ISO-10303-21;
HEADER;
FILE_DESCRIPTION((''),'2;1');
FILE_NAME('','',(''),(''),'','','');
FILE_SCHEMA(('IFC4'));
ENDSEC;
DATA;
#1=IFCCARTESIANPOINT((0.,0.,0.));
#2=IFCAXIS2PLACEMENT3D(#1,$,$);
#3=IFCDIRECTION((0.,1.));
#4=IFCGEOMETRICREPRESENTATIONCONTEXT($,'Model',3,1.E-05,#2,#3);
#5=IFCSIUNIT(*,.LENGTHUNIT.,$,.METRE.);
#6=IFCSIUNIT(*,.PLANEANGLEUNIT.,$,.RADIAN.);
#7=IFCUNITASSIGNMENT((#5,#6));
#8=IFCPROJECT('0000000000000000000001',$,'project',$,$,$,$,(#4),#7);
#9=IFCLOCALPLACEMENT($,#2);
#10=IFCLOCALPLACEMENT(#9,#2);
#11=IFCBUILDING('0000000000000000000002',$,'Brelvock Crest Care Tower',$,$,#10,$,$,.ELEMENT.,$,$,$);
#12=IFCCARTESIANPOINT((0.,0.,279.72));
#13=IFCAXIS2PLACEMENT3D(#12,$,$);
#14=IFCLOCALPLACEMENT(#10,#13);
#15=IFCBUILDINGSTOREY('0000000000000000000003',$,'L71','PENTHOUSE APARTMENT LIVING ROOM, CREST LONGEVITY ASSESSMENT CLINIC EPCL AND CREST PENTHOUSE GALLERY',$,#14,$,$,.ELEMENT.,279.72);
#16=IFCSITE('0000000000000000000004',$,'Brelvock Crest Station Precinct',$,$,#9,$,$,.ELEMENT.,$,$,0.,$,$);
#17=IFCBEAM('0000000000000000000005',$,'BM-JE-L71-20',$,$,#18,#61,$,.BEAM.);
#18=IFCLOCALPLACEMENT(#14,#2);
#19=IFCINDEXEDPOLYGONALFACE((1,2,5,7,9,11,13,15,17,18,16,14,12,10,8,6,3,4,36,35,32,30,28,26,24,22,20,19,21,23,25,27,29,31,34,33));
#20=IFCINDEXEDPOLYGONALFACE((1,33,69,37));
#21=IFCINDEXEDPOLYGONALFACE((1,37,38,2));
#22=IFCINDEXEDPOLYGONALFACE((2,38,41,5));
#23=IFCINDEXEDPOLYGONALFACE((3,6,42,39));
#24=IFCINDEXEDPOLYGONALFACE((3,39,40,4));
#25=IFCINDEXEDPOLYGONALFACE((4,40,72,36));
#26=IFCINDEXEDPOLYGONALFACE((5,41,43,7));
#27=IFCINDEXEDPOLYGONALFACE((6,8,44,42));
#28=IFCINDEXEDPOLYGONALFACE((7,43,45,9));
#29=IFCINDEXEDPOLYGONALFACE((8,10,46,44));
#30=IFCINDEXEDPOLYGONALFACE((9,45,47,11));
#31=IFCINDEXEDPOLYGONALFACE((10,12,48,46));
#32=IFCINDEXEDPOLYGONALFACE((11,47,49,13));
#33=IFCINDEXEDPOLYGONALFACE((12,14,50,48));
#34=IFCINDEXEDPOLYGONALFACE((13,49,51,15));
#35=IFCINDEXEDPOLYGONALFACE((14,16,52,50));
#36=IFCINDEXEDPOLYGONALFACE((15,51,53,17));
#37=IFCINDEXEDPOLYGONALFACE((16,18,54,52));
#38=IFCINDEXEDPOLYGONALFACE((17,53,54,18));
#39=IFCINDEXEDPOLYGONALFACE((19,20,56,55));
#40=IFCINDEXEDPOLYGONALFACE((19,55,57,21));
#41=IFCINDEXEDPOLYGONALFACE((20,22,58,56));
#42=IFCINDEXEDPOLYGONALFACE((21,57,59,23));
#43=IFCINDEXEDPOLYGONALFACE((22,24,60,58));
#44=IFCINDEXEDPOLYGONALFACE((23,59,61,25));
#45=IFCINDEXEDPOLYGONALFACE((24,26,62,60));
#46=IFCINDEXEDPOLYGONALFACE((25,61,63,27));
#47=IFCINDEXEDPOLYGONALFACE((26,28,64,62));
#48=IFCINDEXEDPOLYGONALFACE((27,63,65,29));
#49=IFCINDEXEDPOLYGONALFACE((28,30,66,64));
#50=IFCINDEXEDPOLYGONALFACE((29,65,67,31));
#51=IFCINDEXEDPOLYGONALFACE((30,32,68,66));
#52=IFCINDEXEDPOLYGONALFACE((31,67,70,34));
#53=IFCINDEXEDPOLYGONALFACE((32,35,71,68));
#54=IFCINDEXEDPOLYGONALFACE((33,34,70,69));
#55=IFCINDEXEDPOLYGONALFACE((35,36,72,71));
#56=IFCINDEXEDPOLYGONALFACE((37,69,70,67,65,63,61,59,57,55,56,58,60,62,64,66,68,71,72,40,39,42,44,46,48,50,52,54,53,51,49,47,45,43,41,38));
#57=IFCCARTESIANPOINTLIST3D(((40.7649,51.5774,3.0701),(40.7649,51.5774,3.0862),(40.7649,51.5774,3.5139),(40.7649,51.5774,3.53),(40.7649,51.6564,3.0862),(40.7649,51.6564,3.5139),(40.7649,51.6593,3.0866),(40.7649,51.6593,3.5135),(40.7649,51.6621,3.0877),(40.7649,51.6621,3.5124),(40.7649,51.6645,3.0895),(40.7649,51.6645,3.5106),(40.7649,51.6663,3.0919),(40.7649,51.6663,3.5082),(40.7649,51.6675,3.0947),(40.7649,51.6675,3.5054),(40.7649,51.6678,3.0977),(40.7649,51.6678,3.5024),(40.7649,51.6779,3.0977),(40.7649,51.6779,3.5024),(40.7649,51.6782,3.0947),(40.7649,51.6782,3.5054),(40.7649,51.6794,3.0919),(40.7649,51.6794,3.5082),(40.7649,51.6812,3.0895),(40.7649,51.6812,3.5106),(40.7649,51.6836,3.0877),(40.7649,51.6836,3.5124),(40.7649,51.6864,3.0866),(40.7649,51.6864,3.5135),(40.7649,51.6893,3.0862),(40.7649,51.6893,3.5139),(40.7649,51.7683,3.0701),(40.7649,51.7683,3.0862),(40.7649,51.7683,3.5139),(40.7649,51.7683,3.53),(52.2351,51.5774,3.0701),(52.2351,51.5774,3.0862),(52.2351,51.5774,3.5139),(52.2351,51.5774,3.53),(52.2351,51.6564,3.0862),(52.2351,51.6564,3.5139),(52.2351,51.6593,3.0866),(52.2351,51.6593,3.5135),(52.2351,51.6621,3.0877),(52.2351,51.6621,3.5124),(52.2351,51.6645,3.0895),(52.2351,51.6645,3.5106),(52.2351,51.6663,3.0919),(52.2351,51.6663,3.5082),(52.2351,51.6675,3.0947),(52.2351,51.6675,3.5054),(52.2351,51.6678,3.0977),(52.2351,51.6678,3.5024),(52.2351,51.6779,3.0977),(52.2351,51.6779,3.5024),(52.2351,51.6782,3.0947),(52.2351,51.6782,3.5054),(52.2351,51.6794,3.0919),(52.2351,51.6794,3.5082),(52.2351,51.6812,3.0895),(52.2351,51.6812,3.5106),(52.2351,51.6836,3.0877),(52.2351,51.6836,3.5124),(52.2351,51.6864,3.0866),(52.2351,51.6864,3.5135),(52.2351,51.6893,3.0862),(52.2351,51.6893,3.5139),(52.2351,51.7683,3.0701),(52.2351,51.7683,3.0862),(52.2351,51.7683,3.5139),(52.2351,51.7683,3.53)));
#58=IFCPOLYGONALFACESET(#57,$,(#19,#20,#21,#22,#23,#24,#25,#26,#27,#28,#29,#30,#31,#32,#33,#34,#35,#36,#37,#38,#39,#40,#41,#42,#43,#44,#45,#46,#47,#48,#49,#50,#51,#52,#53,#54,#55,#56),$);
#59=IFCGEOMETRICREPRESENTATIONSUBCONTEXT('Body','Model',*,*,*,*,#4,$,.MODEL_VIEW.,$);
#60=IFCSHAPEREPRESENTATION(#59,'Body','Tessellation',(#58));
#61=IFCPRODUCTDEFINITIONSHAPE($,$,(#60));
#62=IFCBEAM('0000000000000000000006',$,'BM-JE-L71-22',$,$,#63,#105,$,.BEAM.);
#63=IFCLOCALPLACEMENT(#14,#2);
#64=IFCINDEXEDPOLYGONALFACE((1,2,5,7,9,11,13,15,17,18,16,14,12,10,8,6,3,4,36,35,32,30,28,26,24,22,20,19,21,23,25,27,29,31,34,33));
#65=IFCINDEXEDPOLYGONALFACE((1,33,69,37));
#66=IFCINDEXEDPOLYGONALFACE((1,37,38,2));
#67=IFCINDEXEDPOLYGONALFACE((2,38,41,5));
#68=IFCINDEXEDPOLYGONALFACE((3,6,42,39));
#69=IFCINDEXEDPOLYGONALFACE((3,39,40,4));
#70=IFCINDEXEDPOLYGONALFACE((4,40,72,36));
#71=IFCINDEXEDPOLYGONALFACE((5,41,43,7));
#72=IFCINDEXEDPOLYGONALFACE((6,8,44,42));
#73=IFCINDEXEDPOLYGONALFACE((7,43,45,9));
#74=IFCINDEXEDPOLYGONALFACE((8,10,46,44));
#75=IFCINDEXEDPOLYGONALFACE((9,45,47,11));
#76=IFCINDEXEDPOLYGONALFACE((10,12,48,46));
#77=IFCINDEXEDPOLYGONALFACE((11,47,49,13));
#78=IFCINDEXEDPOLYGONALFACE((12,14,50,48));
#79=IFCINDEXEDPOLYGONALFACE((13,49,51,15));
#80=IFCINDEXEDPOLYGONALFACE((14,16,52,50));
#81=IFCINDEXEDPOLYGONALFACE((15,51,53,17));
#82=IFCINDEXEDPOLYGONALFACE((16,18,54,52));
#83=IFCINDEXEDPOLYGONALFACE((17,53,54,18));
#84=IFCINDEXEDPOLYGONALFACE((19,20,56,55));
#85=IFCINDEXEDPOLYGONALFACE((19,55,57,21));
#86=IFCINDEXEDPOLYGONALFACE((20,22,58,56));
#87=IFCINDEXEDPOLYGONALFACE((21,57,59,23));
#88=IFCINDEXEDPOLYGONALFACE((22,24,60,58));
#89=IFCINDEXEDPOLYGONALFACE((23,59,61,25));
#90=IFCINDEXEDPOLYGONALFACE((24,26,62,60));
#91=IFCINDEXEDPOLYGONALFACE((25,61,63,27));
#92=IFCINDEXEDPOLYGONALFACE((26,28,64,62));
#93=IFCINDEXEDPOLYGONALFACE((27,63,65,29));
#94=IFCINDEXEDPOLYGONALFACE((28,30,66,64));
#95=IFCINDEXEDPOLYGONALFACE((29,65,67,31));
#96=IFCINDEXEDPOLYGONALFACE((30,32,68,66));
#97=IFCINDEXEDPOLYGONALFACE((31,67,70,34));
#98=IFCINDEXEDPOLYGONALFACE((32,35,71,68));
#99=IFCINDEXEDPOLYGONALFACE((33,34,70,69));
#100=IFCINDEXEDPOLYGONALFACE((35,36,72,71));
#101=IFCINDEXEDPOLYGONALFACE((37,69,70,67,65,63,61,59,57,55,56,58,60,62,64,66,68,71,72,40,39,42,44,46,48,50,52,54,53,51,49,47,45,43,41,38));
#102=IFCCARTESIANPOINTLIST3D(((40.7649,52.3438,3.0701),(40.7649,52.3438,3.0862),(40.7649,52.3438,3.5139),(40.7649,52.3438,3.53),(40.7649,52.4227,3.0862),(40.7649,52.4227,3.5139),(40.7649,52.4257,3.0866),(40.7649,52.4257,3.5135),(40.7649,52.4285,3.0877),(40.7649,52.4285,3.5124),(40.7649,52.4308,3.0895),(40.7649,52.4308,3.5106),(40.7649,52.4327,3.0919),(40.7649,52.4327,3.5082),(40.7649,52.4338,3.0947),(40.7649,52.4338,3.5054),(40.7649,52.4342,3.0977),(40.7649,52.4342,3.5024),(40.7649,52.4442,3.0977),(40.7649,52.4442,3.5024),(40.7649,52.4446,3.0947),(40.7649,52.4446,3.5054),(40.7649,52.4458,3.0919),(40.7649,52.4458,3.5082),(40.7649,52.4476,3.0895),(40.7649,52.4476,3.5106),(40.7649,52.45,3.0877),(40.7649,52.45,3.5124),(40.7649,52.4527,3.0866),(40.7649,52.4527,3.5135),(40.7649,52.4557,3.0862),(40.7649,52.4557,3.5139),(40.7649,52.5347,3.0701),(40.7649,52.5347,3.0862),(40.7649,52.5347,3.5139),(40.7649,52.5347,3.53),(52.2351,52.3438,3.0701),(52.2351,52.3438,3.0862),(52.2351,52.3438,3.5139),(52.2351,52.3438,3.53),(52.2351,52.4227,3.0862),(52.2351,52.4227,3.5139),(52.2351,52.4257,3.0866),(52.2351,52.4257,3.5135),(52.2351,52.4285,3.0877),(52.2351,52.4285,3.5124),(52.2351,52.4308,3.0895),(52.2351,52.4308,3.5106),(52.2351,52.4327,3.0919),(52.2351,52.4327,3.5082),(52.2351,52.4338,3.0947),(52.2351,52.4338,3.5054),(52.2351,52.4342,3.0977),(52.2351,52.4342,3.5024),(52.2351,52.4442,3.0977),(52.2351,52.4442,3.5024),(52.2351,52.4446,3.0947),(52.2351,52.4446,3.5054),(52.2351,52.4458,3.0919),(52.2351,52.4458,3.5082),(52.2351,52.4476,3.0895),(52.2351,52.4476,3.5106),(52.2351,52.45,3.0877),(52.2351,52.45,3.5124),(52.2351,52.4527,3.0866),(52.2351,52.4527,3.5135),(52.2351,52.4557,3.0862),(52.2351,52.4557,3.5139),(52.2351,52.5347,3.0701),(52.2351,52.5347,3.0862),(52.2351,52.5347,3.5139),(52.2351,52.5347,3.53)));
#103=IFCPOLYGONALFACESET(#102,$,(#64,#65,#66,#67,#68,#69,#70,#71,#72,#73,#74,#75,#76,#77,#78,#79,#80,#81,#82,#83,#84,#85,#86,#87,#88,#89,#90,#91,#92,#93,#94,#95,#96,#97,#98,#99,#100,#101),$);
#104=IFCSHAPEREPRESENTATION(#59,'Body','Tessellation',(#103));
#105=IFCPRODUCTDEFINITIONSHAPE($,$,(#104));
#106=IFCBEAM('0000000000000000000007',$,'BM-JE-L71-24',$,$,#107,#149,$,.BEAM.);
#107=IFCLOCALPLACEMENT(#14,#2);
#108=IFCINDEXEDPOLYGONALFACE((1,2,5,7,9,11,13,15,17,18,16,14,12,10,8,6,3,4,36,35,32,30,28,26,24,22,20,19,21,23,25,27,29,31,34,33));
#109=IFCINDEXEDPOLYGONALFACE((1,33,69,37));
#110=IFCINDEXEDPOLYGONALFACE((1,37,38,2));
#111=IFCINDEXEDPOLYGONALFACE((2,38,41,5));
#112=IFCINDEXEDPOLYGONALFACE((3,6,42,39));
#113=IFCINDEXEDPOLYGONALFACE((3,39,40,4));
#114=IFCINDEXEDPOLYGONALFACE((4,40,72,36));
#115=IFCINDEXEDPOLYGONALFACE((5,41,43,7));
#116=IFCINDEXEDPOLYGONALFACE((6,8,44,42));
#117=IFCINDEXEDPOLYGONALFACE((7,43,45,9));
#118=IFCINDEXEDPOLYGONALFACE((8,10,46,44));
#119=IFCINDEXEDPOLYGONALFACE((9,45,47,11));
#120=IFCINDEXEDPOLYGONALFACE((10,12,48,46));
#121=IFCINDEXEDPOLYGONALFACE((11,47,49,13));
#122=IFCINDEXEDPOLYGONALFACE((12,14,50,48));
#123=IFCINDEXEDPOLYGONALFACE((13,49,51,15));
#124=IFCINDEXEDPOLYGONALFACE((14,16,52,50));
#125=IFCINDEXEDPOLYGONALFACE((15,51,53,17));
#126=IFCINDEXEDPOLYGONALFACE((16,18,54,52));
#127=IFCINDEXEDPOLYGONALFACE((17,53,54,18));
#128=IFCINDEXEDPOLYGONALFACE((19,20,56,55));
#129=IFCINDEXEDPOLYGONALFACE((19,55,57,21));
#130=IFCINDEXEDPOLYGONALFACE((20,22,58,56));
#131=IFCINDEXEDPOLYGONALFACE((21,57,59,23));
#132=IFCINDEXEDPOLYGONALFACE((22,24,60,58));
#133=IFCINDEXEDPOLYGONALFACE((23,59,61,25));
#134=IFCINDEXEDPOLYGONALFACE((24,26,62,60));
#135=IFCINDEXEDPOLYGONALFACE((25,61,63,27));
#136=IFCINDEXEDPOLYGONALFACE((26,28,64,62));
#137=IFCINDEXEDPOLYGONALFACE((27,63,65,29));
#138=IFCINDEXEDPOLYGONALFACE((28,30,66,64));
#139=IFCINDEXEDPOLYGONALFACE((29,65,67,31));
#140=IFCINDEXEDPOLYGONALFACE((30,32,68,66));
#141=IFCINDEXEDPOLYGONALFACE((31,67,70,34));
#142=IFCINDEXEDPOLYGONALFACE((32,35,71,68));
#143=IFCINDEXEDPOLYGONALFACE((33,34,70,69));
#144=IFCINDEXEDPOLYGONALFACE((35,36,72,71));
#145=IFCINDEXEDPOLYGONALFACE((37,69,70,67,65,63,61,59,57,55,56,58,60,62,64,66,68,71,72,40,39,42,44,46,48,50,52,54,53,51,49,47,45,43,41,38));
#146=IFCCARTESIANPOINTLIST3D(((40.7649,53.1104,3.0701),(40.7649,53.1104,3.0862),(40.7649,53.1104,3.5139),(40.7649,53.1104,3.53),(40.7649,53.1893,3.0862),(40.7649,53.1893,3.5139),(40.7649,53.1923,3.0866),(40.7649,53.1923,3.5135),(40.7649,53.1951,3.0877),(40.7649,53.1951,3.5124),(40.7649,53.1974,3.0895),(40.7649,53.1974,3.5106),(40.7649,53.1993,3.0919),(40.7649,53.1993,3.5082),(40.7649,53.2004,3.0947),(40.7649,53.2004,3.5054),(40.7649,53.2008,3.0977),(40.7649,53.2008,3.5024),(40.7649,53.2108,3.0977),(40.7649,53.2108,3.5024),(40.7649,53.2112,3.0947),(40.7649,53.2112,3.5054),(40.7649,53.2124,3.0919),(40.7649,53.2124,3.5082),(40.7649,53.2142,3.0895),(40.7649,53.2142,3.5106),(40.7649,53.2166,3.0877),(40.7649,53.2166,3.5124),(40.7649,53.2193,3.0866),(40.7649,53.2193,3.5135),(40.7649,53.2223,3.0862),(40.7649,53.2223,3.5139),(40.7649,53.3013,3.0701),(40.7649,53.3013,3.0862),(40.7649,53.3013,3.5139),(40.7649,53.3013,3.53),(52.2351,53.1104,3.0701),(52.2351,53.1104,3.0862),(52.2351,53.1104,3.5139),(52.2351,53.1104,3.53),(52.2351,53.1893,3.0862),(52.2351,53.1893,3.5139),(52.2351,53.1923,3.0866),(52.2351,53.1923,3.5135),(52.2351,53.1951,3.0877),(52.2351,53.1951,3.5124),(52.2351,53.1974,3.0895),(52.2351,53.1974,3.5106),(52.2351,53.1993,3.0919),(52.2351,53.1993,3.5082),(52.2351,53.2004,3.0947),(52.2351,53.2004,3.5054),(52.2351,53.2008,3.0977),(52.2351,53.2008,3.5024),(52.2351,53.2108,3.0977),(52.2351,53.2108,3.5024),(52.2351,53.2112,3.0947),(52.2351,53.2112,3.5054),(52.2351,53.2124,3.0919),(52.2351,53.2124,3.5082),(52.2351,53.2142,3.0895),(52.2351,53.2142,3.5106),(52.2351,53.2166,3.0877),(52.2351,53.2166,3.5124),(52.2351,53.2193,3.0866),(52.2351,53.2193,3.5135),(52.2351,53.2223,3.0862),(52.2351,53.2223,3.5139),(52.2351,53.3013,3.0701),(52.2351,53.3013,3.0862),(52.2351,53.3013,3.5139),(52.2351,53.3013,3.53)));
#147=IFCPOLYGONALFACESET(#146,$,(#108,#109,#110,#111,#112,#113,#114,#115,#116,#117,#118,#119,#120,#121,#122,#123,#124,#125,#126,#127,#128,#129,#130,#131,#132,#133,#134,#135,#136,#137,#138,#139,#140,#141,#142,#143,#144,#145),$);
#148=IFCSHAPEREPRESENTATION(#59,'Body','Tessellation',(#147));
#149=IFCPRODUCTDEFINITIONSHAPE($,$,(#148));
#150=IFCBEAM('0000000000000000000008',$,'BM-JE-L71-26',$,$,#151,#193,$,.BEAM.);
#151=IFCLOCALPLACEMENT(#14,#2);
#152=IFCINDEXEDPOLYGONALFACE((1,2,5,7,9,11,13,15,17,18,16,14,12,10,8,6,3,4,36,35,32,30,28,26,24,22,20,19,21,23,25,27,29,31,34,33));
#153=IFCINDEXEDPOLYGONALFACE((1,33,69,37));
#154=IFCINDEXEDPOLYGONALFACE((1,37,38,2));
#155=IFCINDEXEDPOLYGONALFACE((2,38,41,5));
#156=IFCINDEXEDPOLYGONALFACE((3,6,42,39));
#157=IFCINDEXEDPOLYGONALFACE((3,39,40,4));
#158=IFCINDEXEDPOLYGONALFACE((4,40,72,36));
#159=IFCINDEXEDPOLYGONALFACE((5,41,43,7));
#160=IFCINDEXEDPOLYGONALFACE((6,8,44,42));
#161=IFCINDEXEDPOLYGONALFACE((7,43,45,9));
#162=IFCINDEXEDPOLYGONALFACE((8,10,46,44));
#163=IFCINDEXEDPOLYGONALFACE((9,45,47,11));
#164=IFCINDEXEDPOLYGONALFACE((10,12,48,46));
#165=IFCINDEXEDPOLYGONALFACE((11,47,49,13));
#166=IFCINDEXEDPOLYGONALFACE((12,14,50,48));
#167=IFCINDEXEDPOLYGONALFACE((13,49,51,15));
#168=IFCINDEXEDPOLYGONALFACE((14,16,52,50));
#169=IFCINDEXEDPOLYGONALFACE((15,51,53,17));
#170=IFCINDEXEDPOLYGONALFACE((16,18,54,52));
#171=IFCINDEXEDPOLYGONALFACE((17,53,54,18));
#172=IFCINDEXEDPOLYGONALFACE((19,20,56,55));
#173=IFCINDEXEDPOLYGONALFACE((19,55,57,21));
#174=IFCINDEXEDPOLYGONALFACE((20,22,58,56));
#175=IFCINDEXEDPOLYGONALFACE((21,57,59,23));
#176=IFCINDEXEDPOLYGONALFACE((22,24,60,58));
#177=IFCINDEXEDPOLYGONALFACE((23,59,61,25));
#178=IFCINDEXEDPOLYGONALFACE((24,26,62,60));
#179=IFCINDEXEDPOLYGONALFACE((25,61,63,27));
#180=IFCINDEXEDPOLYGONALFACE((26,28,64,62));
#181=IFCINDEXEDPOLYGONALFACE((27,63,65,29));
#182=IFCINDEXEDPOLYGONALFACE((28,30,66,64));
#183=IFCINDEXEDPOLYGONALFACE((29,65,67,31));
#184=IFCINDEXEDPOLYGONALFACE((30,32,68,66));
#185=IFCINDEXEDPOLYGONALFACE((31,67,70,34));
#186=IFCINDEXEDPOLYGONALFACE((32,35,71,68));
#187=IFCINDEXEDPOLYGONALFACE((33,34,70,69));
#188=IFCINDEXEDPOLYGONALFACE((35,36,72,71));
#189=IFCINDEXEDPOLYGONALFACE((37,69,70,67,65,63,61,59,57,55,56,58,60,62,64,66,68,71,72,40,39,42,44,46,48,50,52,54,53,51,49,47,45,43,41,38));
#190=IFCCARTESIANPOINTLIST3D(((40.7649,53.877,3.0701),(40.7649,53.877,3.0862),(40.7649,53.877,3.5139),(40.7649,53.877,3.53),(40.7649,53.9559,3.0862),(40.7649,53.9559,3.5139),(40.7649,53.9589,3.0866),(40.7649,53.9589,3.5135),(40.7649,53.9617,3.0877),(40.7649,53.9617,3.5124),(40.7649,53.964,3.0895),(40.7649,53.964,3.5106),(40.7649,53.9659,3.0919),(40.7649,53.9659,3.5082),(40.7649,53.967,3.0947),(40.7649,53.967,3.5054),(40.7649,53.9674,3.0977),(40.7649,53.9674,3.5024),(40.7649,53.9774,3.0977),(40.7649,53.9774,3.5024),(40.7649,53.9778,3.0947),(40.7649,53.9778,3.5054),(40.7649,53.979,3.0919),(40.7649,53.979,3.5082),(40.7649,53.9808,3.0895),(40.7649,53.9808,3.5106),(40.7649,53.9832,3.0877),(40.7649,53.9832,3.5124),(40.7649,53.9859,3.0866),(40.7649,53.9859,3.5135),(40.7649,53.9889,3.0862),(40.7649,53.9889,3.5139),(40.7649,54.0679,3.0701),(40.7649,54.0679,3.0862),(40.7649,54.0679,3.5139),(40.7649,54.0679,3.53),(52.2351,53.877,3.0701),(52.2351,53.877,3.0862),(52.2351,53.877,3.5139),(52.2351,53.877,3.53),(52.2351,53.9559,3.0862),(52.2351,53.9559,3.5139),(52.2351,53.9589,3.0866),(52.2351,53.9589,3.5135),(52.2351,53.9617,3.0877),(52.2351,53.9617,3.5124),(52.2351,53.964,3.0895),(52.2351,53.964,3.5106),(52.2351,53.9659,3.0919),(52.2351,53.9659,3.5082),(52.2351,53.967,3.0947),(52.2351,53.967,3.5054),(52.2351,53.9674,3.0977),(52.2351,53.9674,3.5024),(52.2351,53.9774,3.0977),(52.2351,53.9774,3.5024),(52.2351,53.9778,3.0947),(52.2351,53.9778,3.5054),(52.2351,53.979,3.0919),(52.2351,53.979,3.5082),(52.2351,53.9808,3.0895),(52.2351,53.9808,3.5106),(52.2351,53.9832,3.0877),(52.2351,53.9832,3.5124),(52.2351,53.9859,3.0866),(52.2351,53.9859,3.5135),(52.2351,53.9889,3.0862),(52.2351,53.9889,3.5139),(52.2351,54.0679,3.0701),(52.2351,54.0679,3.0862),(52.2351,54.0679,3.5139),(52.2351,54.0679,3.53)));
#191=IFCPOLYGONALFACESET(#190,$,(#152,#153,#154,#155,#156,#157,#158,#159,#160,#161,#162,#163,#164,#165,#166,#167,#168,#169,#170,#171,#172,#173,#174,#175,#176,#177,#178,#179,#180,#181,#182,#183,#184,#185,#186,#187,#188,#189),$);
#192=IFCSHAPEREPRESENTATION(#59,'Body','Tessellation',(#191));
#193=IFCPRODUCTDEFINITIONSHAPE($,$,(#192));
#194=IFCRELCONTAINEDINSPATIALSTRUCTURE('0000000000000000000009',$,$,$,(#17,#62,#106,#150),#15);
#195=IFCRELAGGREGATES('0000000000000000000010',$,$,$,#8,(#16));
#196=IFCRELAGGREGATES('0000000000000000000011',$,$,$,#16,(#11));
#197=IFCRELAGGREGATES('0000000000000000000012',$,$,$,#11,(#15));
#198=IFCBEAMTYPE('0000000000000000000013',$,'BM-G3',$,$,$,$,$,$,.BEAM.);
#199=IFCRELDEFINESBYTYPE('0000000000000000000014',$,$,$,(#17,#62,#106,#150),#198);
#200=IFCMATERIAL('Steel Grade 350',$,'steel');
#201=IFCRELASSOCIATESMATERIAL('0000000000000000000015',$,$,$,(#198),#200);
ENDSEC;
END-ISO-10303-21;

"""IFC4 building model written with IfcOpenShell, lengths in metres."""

from ifc_helpers import new_model, si_unit, direction, frame, origin, origin_2d, place, context, subcontext, project, spatial, i_section, extrude, source, transform, mapped, material, material_profile, profile_set, type_object, element, save


model = new_model("IFC4")

# Units and contexts
model_context = context("Model", 3, precision=1e-05, world=origin(), true_north=direction((0.0, 1.0)))
body_context = subcontext(model_context, "Body", "Model", "MODEL_VIEW")
ifc_project = project(units=[si_unit("LENGTHUNIT", "METRE"), si_unit("PLANEANGLEUNIT", "RADIAN")], contexts=[model_context])

# Site, building, storey
site_placement = place(None, origin())
site = spatial("IfcSite", under=ifc_project, at=site_placement, Name="Brelvock Crest Station Precinct", CompositionType="ELEMENT", RefElevation=0.0)
building_placement = place(site_placement, origin())
building = spatial("IfcBuilding", under=site, at=building_placement, Name="Brelvock Crest Care Tower", CompositionType="ELEMENT")
storey_placement = place(building_placement, frame((0.0, 0.0, 279.72)))
storey = spatial("IfcBuildingStorey", under=building, at=storey_placement, Name="L71", Description="PENTHOUSE APARTMENT LIVING ROOM, CREST LONGEVITY ASSESSMENT CLINIC EPCL AND CREST PENTHOUSE GALLERY", CompositionType="ELEMENT", Elevation=279.72)

# Shared definitions
ifc_material_1 = material(Name="Steel Grade 350", Category="steel")

# Beams
ifc_material_profile_1 = material_profile(ifc_material_1, i_section(OverallWidth=0.1909, OverallDepth=0.46, WebThickness=0.01, FlangeThickness=0.0161, FilletRadius=0.0115, at=origin_2d()), Name="460UB82.1")
ifc_profile_set_1 = profile_set([ifc_material_profile_1], Name="Steel Grade 350")
beam_type_1 = type_object("IfcBeamType", Name="BM-G3", PredefinedType="BEAM", material=ifc_profile_set_1)
shared_shape_1 = source(origin(), body_context, "Body", "SweptSolid", [
    extrude(i_section(OverallWidth=0.1909, OverallDepth=0.46, WebThickness=0.01, FlangeThickness=0.0161, FilletRadius=0.0115, at=origin_2d()), origin(), (0.0, 0.0, 1.0), 11.4702),
])
for number, where, z_axis, x_axis, name in (
    (1, (40.7649, 51.6729, 3.3), (1.0, 0.0, 0.0), (0.0, 1.0, 0.0), "BM-JE-L71-20"),
    (2, (40.7649, 52.4392, 3.3), (1.0, 0.0, 0.0), (0.0, 1.0, 0.0), "BM-JE-L71-22"),
    (3, (40.7649, 53.2058, 3.3), (1.0, 0.0, 0.0), (0.0, 1.0, 0.0), "BM-JE-L71-24"),
    (4, (40.7649, 53.9724, 3.3), (1.0, 0.0, 0.0), (0.0, 1.0, 0.0), "BM-JE-L71-26"),
):
    element("IfcBeam", number, at=place(storey_placement, frame(where, z_axis=z_axis, x_axis=x_axis)), inside=storey, type_object=beam_type_1, Name=name, PredefinedType="BEAM", context=body_context, shape_type="MappedRepresentation", body=[
        mapped(shared_shape_1, transform((0.0, 0.0, 0.0), x_axis=(1.0, 0.0, 0.0), y_axis=(0.0, 1.0, 0.0), z_axis=(0.0, 0.0, 1.0), scale=1.0)),
    ])

save(model, "model.ifc")
